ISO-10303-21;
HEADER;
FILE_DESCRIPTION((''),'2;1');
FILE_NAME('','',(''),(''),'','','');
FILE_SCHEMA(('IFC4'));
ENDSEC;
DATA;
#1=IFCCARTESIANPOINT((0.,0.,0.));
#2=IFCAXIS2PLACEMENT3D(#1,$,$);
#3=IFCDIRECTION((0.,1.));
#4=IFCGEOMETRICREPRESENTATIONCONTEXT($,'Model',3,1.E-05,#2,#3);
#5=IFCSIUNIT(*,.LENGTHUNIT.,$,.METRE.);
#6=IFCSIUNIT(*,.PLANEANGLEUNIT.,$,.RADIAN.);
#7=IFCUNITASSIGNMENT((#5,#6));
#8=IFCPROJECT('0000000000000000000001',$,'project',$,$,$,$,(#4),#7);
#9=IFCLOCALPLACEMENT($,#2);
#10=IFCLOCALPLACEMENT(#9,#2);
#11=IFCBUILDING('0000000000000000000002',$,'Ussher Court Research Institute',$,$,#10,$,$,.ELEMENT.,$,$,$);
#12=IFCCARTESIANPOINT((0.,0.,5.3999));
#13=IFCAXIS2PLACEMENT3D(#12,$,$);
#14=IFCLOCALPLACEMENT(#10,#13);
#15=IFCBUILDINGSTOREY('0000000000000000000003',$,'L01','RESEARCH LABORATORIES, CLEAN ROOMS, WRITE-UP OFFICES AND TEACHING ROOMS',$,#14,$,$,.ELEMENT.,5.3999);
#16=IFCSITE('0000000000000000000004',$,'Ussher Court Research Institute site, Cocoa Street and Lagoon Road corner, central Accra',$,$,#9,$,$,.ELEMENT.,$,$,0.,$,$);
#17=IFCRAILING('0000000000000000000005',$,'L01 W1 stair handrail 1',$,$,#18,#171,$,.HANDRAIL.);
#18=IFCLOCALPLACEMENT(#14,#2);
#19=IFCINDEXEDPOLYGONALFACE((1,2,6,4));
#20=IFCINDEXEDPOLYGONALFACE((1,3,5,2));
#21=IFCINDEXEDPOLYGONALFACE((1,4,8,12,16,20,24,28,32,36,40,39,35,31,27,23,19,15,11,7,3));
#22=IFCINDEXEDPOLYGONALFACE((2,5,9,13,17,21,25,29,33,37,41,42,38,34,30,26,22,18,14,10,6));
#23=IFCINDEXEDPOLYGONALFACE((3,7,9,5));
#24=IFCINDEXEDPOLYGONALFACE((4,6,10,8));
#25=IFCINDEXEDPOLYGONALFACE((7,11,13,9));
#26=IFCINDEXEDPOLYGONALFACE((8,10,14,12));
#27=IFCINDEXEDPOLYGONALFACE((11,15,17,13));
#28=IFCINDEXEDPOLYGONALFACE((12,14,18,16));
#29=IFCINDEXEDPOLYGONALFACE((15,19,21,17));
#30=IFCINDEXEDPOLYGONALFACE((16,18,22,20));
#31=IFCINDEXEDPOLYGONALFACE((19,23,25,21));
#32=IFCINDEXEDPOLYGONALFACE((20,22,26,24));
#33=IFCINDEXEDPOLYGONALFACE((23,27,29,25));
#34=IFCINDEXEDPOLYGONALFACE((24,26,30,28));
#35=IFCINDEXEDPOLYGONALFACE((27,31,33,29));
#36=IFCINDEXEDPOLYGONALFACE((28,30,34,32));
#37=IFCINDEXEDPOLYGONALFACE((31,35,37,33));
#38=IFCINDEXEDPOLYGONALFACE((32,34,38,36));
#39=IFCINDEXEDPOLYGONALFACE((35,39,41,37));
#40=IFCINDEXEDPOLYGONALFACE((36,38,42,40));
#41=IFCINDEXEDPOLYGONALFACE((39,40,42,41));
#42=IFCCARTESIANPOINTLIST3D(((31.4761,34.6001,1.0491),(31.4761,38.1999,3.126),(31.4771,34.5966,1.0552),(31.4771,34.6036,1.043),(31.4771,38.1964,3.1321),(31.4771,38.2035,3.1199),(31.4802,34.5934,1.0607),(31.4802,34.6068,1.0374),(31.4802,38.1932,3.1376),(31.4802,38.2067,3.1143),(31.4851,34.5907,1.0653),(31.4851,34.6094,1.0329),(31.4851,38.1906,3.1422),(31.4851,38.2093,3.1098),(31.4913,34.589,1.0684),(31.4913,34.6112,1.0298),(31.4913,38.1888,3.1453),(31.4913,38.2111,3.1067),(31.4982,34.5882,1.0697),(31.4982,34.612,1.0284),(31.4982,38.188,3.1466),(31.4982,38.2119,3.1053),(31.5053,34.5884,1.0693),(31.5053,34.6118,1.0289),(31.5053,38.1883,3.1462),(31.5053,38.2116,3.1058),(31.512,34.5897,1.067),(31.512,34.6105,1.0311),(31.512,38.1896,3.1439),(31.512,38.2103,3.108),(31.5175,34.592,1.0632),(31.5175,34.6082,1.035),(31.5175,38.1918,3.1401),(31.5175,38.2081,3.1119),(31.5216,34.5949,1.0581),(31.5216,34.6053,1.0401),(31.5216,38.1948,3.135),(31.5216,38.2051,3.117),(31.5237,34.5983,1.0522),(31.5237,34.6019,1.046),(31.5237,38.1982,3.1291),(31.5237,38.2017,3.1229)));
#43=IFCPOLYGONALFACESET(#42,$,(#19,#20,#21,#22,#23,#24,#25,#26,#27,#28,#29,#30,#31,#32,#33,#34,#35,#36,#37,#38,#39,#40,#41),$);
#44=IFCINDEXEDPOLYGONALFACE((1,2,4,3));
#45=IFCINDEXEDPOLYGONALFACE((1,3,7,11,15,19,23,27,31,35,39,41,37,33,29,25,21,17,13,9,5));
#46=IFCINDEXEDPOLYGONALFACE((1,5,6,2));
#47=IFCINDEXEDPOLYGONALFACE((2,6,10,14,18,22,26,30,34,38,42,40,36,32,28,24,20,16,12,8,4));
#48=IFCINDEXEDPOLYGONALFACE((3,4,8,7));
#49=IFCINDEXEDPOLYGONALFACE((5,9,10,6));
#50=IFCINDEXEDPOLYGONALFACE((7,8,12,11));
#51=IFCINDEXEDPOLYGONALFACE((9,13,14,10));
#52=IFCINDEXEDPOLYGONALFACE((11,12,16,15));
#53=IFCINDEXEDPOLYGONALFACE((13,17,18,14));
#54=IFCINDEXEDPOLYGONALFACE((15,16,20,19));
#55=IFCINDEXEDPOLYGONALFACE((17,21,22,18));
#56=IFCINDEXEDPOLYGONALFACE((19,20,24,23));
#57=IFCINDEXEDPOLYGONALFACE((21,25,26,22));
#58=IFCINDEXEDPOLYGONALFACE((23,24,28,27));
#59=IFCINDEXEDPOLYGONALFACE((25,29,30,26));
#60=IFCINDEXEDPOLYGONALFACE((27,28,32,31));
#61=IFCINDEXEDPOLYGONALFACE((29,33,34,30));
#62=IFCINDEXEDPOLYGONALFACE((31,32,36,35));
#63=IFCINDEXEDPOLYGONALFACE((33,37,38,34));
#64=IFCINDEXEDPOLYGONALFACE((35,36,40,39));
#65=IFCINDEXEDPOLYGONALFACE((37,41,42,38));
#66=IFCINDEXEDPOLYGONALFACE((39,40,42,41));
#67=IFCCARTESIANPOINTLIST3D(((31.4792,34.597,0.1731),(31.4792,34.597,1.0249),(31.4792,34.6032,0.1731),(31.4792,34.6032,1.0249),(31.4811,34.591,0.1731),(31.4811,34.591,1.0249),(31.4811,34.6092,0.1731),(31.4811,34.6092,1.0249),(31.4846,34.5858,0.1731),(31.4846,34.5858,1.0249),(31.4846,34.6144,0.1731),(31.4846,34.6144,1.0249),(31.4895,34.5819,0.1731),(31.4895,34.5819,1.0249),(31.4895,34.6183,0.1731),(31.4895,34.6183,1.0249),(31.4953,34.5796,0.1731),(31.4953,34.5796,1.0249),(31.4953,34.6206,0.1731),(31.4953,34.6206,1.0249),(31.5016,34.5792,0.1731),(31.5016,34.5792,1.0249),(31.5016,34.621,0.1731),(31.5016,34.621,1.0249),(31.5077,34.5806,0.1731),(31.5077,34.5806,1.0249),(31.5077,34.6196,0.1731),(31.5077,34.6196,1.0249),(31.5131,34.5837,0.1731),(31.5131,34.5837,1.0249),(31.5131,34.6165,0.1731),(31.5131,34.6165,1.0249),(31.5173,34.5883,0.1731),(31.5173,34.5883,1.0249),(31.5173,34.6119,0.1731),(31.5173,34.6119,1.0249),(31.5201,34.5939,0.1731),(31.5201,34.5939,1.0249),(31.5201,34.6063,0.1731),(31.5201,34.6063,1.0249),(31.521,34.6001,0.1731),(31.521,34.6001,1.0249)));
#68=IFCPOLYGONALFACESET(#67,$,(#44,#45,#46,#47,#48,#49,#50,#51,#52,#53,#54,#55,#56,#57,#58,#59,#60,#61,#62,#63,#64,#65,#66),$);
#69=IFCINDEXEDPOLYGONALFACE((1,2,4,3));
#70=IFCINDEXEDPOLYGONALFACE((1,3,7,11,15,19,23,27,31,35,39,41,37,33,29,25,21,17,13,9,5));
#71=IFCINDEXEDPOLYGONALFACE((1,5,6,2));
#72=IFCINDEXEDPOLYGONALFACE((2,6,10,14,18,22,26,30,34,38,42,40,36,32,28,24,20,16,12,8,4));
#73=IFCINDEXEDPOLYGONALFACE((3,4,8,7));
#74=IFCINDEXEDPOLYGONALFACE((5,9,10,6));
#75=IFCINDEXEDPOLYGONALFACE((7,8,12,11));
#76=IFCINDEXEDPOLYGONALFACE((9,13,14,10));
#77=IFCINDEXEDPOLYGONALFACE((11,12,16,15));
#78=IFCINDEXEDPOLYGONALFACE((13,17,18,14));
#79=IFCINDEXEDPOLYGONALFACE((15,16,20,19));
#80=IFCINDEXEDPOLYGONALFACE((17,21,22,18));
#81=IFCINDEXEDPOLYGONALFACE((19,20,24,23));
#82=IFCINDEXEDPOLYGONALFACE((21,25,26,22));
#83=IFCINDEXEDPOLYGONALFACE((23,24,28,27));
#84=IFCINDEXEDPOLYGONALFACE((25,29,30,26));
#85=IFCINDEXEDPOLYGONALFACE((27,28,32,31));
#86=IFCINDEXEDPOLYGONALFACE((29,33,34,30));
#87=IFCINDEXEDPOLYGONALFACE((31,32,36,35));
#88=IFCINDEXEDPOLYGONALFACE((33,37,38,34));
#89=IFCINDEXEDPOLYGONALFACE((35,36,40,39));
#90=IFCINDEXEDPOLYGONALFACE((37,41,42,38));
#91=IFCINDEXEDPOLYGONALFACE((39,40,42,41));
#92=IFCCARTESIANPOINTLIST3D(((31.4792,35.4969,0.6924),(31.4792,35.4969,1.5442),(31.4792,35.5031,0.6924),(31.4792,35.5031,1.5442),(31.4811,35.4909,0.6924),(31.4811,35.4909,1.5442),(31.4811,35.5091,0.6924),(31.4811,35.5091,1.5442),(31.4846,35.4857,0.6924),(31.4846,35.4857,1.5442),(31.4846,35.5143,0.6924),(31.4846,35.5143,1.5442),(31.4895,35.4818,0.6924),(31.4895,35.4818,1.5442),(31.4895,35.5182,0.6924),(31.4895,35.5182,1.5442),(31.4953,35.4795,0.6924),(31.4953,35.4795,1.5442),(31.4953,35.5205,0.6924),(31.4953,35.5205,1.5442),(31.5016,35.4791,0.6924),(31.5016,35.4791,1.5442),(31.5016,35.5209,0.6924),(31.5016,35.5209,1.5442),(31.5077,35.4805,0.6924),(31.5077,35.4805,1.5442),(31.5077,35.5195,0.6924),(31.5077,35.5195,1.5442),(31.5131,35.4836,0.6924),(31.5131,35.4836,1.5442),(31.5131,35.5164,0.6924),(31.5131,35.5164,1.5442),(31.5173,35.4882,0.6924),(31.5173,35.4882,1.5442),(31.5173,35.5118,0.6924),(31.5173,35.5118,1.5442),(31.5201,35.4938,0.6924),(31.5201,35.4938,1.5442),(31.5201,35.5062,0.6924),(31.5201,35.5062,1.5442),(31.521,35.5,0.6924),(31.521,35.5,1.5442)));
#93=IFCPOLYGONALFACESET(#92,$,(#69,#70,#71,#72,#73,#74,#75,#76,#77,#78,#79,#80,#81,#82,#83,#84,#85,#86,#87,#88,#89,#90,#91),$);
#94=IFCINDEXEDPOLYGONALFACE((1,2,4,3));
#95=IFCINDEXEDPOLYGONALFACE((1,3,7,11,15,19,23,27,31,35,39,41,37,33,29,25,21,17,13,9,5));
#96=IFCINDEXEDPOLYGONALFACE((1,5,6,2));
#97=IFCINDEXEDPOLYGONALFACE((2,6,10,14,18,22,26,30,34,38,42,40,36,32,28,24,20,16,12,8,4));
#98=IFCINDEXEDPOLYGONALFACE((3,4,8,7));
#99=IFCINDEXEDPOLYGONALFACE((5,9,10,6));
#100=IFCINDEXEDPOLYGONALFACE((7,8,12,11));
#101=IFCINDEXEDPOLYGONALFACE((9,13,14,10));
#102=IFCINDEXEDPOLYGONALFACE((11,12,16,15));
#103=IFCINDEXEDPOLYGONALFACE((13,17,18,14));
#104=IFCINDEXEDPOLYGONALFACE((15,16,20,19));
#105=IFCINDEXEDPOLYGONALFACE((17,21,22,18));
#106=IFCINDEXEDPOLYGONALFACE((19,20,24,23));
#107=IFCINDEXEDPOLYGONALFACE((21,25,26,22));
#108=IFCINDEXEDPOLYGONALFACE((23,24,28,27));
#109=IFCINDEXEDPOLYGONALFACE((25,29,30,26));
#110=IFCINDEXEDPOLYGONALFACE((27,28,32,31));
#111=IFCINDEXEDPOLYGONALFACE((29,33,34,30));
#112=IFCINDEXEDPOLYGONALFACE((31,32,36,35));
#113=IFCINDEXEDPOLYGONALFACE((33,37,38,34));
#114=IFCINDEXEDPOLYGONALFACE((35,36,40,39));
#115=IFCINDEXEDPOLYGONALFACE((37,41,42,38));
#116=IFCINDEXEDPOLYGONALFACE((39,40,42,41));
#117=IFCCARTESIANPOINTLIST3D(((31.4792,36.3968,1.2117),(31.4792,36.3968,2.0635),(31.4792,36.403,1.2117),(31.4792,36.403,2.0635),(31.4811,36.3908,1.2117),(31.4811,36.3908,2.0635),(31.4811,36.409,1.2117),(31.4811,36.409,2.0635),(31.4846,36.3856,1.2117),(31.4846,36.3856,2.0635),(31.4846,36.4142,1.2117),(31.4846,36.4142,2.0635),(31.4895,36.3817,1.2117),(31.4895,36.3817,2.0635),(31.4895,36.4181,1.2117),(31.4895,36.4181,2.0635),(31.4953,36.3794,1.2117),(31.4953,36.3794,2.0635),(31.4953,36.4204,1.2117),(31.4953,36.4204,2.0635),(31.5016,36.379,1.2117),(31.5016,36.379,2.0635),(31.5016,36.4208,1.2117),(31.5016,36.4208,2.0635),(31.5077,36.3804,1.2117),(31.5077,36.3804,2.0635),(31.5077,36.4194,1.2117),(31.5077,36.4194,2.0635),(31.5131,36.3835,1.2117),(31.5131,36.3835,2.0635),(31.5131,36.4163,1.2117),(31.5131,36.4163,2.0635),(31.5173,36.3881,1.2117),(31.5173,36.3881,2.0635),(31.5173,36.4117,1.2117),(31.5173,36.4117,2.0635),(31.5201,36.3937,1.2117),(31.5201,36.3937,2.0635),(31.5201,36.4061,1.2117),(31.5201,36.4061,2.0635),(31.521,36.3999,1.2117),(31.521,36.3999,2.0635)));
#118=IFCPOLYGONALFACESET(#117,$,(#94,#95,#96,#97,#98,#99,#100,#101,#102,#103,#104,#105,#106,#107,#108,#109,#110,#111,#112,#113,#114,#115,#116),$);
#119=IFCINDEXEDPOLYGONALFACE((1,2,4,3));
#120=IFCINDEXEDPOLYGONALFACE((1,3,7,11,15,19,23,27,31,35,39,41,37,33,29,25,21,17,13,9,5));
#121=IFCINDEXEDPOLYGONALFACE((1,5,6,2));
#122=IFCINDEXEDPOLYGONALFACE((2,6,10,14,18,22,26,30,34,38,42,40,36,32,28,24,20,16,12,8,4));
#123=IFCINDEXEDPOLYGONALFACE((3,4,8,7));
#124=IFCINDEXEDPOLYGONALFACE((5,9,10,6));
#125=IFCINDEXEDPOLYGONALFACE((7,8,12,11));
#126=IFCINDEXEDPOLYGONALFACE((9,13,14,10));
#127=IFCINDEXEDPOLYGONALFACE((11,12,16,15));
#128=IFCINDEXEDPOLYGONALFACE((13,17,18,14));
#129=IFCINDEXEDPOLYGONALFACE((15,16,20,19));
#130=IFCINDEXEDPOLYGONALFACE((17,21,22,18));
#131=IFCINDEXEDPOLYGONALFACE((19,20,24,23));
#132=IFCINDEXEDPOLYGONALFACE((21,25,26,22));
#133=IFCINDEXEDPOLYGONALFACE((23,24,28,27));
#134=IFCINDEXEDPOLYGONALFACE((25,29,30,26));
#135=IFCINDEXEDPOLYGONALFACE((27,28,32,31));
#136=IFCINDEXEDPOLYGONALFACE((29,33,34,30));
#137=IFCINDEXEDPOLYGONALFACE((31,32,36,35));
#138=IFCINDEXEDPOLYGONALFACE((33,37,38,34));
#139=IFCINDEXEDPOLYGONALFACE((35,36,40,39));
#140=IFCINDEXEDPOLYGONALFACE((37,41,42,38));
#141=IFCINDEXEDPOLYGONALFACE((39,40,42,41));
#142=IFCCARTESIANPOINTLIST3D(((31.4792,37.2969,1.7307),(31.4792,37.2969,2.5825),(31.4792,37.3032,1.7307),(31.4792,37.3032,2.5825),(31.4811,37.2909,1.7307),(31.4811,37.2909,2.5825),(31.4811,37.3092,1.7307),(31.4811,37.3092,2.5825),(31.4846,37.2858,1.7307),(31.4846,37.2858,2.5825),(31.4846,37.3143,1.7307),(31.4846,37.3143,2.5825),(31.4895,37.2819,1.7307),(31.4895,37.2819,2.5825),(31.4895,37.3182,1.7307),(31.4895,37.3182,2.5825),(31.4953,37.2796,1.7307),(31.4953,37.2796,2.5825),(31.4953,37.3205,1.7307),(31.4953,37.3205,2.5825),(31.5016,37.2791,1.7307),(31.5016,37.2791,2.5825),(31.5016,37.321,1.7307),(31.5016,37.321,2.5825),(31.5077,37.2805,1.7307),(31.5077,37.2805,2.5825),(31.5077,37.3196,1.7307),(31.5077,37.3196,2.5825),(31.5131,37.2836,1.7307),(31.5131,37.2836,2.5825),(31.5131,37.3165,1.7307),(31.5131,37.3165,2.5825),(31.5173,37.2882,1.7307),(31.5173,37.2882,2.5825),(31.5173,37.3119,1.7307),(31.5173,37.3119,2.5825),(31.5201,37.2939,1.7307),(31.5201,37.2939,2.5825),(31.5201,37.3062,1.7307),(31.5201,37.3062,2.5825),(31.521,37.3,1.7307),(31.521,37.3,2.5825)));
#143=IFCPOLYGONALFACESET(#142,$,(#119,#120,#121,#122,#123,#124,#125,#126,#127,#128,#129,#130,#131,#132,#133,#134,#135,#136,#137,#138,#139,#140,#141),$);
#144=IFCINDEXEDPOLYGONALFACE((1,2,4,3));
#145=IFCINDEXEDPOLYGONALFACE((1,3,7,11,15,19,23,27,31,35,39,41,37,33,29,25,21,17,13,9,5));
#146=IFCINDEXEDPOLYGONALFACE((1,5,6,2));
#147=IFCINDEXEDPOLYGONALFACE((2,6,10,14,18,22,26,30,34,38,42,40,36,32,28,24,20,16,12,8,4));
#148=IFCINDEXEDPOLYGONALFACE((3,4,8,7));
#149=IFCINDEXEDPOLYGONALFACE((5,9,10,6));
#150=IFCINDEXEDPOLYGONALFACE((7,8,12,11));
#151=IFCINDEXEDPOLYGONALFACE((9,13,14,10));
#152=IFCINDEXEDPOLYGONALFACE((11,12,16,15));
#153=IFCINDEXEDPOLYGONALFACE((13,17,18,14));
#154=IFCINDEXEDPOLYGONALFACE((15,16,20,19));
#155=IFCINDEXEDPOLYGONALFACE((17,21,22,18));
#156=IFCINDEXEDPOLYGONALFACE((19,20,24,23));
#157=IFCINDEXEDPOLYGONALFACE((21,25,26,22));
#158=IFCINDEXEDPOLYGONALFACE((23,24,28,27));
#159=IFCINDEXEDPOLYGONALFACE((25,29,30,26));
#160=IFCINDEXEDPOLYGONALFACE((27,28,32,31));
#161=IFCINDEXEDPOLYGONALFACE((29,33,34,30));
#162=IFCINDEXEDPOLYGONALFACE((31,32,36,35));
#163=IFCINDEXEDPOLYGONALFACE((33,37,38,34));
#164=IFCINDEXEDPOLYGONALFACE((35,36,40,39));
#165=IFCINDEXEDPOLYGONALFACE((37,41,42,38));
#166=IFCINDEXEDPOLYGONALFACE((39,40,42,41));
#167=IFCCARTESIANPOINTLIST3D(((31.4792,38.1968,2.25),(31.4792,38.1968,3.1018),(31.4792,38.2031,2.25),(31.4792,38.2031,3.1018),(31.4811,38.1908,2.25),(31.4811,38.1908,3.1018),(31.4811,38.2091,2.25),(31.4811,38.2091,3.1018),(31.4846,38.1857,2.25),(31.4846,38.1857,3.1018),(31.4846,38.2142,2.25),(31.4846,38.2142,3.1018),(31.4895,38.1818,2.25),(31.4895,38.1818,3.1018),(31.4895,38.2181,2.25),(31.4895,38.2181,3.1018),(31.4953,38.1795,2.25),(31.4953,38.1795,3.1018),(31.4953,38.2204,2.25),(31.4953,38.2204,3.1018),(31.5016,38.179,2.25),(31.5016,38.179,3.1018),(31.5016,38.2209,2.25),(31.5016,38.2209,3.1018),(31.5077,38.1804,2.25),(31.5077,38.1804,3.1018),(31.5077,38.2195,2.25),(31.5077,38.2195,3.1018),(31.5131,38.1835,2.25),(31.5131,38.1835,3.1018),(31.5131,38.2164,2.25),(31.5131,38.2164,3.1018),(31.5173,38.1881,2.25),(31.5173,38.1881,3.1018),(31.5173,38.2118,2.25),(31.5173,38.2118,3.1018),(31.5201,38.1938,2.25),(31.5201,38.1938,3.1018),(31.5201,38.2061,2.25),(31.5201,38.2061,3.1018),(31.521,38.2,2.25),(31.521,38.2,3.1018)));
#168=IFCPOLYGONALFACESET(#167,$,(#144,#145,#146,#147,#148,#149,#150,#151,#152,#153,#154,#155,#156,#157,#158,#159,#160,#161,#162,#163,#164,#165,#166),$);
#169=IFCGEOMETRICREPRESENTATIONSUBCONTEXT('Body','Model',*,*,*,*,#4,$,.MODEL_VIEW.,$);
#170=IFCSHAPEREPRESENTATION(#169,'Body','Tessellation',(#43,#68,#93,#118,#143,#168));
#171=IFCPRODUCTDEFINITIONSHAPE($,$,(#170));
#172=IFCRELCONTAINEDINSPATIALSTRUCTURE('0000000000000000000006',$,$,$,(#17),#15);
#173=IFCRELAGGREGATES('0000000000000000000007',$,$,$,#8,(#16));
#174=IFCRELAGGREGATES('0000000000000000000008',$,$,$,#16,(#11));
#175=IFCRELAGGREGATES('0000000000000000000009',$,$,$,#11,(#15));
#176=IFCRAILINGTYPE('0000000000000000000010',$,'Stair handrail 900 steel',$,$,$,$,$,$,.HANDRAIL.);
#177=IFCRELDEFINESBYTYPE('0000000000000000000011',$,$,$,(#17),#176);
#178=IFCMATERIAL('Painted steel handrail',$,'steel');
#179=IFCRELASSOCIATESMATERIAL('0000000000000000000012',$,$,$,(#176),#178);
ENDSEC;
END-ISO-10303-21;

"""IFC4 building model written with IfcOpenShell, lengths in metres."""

from ifc_helpers import new_model, si_unit, direction, frame, origin, origin_2d, place, context, subcontext, project, spatial, circle, extrude, material, type_object, element, save


model = new_model("IFC4")

# Units and contexts
model_context = context("Model", 3, precision=1e-05, world=origin(), true_north=direction((0.0, 1.0)))
body_context = subcontext(model_context, "Body", "Model", "MODEL_VIEW")
ifc_project = project(units=[si_unit("LENGTHUNIT", "METRE"), si_unit("PLANEANGLEUNIT", "RADIAN")], contexts=[model_context])

# Site, building, storey
site_placement = place(None, origin())
site = spatial("IfcSite", under=ifc_project, at=site_placement, Name="Ussher Court Research Institute site, Cocoa Street and Lagoon Road corner, central Accra", CompositionType="ELEMENT", RefElevation=0.0)
building_placement = place(site_placement, origin())
building = spatial("IfcBuilding", under=site, at=building_placement, Name="Ussher Court Research Institute", CompositionType="ELEMENT")
storey_placement = place(building_placement, frame((0.0, 0.0, 5.3999)))
storey = spatial("IfcBuildingStorey", under=building, at=storey_placement, Name="L01", Description="RESEARCH LABORATORIES, CLEAN ROOMS, WRITE-UP OFFICES AND TEACHING ROOMS", CompositionType="ELEMENT", Elevation=5.3999)

# Railing
ifc_material_1 = material(Name="Painted steel handrail", Category="steel")
railing_type_1 = type_object("IfcRailingType", Name="Stair handrail 900 steel", PredefinedType="HANDRAIL", material=ifc_material_1)
railing_1_placement = place(storey_placement, frame((31.5, 34.6001, 0.1731)))
element("IfcRailing", 1, at=railing_1_placement, inside=storey, type_object=railing_type_1, Name="L01 W1 stair handrail 1", PredefinedType="HANDRAIL", context=body_context, shape_type="SweptSolid", body=[
    extrude(circle(Radius=0.0239, at=origin_2d()), frame((0.0, 0.0, 0.876), z_axis=(0.0, 0.866179, 0.499734), x_axis=(-1.0, 0.0, 0.0)), (0.0, 0.0, 1.0), 4.156),
    extrude(circle(Radius=0.021, at=origin_2d()), origin(), (0.0, 0.0, 1.0), 0.8518),
    extrude(circle(Radius=0.021, at=origin_2d()), frame((0.0, 0.8999, 0.5193)), (0.0, 0.0, 1.0), 0.8518),
    extrude(circle(Radius=0.021, at=origin_2d()), frame((0.0, 1.7998, 1.0386)), (0.0, 0.0, 1.0), 0.8518),
    extrude(circle(Radius=0.021, at=origin_2d()), frame((0.0, 2.7, 1.5576)), (0.0, 0.0, 1.0), 0.8518),
    extrude(circle(Radius=0.021, at=origin_2d()), frame((0.0, 3.5999, 2.0769)), (0.0, 0.0, 1.0), 0.8518),
])

save(model, "model.ifc")
